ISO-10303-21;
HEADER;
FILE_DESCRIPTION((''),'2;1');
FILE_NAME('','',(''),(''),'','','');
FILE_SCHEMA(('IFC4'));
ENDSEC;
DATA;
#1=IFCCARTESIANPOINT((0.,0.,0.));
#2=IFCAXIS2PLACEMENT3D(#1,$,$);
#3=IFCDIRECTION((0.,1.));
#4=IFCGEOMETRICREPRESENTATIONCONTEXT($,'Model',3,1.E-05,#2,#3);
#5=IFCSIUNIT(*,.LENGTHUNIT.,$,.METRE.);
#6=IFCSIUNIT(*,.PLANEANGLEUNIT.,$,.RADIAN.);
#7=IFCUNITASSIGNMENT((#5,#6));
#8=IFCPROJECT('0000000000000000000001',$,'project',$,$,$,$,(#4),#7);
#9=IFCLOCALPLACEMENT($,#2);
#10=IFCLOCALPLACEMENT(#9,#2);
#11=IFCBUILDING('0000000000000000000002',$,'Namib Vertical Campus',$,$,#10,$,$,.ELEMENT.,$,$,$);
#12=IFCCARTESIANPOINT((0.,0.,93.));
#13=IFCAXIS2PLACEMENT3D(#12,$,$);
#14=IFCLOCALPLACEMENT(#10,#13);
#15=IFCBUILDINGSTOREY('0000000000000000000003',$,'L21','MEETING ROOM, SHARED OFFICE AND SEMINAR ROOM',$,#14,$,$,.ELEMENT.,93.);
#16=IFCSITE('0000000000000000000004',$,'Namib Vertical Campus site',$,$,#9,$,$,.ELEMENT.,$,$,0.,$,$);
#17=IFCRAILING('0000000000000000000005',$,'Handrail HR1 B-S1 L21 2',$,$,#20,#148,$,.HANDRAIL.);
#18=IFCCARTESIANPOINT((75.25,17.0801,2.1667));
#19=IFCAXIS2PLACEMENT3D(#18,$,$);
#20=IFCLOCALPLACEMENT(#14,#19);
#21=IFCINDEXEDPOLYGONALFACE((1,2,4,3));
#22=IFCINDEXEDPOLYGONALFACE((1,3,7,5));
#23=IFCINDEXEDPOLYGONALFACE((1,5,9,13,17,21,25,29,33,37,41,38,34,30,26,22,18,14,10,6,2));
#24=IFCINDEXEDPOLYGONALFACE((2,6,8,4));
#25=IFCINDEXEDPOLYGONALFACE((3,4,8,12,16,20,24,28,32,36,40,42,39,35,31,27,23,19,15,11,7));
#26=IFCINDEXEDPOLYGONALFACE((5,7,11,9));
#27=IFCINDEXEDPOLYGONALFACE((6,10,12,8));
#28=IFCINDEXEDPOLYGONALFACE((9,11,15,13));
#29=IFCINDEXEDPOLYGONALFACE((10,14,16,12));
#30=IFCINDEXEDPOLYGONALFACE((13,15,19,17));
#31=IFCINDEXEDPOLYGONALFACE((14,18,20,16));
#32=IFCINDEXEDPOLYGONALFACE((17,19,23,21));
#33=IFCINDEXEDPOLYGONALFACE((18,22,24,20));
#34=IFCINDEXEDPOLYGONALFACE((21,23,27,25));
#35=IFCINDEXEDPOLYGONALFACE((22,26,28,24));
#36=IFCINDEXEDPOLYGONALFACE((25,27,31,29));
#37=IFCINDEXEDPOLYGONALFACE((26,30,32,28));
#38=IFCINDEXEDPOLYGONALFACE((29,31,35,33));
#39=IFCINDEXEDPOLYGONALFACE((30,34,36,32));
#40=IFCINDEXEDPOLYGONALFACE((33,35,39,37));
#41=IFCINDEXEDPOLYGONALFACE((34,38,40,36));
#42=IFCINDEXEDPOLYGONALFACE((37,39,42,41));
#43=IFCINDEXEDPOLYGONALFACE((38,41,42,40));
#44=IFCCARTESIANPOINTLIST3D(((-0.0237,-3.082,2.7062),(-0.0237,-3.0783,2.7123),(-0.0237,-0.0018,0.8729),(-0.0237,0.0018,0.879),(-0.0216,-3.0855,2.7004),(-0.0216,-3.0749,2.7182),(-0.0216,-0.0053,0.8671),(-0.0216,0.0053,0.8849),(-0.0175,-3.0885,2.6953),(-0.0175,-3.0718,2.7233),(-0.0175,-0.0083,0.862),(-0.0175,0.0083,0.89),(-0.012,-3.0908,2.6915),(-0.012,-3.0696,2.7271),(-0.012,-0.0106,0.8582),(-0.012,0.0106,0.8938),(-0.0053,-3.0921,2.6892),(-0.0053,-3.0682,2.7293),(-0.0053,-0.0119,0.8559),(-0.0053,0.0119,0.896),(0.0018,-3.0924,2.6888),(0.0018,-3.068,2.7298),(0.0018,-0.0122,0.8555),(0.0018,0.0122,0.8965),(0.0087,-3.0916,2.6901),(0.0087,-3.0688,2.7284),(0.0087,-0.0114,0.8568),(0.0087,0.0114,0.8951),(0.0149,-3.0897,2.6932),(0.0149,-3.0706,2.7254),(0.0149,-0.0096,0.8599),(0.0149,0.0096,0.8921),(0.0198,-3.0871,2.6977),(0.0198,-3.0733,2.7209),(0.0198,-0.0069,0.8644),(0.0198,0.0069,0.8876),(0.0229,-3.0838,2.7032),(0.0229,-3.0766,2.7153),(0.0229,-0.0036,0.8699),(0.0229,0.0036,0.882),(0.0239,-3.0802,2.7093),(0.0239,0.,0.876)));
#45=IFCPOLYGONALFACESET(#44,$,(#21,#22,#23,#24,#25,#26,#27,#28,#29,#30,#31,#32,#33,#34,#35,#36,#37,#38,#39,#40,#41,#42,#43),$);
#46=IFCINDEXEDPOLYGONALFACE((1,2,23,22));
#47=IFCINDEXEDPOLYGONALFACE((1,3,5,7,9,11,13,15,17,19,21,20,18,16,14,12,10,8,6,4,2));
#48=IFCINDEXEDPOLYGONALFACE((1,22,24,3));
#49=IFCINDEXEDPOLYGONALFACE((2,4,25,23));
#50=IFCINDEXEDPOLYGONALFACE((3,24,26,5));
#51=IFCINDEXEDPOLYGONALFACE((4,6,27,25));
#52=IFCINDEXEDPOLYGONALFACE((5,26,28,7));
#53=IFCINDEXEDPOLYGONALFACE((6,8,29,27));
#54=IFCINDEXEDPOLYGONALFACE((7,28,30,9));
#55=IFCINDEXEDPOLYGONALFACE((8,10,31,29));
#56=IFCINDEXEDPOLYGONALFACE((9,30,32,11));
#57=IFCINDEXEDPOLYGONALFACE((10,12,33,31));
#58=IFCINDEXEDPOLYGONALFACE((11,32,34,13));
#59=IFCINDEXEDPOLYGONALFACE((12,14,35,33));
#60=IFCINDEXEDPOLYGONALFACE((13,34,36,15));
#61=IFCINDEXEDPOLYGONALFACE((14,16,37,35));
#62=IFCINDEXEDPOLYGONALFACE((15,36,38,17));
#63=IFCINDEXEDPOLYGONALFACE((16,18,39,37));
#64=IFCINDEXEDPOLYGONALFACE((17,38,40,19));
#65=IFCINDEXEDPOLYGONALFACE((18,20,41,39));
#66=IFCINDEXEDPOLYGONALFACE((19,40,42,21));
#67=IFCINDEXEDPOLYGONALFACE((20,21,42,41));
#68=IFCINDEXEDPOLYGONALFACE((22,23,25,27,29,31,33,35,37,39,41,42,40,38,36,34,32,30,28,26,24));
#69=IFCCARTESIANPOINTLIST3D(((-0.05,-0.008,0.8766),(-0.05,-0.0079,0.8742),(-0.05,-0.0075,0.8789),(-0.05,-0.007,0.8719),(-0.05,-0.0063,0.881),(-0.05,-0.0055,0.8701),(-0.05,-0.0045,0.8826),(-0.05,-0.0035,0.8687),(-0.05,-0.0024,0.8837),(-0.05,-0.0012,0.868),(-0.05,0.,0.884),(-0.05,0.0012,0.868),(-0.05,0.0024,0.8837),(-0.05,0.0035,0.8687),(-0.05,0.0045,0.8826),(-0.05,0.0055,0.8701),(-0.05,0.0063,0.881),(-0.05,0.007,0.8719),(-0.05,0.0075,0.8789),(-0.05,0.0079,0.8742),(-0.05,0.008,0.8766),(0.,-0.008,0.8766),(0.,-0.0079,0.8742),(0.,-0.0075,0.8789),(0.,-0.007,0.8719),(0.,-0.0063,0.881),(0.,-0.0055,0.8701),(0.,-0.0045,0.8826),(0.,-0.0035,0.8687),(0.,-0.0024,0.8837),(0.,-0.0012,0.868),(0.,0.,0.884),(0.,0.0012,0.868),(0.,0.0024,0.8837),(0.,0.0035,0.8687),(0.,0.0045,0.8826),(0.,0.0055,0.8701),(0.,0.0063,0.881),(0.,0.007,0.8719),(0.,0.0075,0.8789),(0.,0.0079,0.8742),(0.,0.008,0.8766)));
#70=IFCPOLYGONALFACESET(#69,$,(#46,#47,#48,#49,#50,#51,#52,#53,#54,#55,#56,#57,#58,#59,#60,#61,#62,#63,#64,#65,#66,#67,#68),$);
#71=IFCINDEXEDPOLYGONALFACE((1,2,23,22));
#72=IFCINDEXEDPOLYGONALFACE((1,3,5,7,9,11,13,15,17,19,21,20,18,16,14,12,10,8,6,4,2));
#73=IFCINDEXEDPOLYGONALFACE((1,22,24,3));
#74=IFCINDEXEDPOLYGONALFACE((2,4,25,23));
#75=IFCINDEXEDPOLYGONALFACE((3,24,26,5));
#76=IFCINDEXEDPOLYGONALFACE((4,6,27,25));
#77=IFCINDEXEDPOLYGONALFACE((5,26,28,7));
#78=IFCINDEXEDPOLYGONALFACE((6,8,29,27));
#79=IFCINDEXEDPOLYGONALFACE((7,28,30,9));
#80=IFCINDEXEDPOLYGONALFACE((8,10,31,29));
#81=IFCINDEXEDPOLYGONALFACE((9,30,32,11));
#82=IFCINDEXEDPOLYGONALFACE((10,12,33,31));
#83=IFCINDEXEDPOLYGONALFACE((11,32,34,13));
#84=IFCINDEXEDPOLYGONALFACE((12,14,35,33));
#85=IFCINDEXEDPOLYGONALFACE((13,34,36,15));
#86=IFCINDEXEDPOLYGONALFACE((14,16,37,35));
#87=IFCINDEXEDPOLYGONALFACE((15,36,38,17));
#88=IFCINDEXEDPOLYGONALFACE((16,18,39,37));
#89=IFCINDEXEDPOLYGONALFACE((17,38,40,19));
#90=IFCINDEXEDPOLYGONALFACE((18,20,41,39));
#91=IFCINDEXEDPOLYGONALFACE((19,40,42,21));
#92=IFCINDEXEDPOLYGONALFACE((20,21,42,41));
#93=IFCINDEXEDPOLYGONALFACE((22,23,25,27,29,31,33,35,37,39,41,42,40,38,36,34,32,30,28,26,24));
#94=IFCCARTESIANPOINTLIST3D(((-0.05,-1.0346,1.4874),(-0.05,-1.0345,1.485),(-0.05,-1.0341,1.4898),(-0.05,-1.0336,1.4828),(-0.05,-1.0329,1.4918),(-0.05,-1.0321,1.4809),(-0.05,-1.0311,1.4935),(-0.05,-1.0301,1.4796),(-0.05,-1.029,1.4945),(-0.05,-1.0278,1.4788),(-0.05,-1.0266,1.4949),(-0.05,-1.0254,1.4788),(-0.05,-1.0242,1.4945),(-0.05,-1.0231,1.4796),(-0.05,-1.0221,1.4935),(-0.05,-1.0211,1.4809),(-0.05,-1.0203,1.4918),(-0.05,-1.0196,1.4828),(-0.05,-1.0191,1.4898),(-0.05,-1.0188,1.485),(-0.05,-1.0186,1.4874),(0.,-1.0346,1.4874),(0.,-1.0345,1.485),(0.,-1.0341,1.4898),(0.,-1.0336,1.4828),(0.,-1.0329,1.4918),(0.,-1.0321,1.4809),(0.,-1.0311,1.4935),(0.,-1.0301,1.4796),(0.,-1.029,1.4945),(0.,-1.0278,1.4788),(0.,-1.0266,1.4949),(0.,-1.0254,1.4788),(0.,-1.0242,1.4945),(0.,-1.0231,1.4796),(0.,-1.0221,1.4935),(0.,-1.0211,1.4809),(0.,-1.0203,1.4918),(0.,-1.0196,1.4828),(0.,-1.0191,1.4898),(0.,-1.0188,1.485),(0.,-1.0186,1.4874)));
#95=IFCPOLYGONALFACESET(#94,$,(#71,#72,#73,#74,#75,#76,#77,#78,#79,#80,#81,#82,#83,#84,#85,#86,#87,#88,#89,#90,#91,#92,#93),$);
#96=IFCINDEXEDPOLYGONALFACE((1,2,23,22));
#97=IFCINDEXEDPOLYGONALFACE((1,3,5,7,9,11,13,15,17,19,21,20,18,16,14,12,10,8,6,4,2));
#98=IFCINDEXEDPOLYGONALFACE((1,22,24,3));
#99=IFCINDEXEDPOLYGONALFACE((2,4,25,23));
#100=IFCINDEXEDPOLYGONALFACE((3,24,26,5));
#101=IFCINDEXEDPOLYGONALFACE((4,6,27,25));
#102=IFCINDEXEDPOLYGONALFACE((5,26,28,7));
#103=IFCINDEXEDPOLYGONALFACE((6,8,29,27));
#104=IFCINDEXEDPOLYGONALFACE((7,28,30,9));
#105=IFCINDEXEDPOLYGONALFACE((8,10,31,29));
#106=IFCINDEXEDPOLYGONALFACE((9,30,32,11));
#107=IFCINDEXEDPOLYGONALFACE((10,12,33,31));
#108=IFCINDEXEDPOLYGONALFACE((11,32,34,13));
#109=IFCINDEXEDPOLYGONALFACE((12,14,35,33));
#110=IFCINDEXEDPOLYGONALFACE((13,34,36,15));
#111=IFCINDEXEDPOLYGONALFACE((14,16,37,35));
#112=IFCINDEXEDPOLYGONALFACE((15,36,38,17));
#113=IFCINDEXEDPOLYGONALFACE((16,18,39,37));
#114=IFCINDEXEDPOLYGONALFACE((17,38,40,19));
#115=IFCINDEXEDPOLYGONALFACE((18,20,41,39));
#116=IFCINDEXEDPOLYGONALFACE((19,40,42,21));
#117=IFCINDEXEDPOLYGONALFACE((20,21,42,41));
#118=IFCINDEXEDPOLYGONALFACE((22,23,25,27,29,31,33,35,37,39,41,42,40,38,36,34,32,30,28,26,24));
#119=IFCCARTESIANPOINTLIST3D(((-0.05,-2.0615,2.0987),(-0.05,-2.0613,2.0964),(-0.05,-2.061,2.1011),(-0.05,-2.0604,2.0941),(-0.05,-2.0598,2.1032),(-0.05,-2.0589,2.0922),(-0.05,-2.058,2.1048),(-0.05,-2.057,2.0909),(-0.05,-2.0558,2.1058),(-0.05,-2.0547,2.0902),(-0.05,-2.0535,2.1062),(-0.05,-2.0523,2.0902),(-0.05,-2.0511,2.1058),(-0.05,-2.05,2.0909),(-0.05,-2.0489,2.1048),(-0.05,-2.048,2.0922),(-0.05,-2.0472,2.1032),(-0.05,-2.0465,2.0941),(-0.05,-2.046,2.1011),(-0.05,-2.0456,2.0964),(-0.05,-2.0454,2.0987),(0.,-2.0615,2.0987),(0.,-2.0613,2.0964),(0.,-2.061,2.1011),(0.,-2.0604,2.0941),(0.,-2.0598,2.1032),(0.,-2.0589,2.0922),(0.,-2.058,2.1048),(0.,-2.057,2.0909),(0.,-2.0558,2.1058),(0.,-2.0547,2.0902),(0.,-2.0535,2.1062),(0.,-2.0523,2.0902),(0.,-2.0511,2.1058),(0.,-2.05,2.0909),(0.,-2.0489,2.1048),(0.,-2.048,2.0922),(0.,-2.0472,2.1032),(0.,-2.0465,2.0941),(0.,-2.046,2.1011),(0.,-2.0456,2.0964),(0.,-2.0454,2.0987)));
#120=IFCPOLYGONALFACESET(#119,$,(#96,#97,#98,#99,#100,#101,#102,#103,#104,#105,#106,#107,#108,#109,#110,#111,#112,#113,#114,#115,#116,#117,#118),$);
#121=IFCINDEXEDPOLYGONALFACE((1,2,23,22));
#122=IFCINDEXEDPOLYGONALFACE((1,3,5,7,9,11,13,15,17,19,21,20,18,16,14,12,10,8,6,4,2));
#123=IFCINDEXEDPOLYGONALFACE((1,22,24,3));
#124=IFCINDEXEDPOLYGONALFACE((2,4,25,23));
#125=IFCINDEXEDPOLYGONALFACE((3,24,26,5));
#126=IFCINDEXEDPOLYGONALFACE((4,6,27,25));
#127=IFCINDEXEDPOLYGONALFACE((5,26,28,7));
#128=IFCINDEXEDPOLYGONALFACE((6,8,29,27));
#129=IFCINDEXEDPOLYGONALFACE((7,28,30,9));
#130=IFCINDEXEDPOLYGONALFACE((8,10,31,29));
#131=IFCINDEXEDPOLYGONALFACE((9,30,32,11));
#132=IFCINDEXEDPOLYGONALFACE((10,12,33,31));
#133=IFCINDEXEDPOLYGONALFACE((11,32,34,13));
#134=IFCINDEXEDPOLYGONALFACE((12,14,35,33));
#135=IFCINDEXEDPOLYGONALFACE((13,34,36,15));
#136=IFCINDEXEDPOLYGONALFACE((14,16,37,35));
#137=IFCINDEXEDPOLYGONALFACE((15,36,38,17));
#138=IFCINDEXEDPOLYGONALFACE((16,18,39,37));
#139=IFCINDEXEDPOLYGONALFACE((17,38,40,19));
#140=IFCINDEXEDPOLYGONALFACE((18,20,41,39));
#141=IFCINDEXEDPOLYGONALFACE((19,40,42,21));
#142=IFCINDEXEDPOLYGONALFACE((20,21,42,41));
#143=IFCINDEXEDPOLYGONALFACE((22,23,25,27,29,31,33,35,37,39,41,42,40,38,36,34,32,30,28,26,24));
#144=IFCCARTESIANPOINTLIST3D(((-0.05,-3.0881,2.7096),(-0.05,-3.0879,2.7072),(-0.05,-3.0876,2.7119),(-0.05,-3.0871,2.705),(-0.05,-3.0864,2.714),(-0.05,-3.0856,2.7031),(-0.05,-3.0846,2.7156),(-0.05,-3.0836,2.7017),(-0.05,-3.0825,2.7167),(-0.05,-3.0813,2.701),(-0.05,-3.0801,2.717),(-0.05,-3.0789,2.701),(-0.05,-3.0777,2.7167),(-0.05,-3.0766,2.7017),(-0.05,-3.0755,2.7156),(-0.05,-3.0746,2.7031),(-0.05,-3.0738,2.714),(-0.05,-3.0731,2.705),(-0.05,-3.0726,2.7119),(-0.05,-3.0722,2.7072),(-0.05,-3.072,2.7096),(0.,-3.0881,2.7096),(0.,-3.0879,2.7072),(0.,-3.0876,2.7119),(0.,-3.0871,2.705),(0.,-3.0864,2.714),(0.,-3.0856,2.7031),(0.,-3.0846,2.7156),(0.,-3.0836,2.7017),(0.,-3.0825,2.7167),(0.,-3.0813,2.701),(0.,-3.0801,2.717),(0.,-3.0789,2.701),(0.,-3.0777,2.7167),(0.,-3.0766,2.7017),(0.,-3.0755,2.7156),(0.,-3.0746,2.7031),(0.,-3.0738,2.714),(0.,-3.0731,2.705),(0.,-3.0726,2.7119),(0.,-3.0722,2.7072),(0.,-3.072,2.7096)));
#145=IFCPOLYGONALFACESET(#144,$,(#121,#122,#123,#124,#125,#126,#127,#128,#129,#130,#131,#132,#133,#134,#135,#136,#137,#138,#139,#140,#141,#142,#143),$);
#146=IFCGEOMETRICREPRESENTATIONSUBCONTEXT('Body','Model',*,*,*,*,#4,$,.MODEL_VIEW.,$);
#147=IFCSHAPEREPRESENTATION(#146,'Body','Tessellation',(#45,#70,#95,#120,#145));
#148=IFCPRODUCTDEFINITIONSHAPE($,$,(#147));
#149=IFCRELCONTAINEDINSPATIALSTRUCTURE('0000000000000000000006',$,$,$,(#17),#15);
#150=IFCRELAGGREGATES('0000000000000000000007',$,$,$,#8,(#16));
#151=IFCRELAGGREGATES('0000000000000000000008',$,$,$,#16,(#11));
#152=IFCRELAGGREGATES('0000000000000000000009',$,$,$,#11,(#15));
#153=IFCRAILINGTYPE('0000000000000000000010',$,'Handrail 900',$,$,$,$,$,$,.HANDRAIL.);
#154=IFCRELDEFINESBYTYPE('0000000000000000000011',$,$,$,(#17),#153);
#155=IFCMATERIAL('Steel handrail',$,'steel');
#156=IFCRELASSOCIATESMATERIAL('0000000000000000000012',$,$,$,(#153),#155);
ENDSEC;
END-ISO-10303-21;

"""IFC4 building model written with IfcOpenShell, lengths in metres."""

from ifc_helpers import new_model, si_unit, direction, frame, origin, origin_2d, place, context, subcontext, project, spatial, circle, extrude, material, type_object, element, save


model = new_model("IFC4")

# Units and contexts
model_context = context("Model", 3, precision=1e-05, world=origin(), true_north=direction((0.0, 1.0)))
body_context = subcontext(model_context, "Body", "Model", "MODEL_VIEW")
ifc_project = project(units=[si_unit("LENGTHUNIT", "METRE"), si_unit("PLANEANGLEUNIT", "RADIAN")], contexts=[model_context])

# Site, building, storey
site_placement = place(None, origin())
site = spatial("IfcSite", under=ifc_project, at=site_placement, Name="Namib Vertical Campus site", CompositionType="ELEMENT", RefElevation=0.0)
building_placement = place(site_placement, origin())
building = spatial("IfcBuilding", under=site, at=building_placement, Name="Namib Vertical Campus", CompositionType="ELEMENT")
storey_placement = place(building_placement, frame((0.0, 0.0, 93.0)))
storey = spatial("IfcBuildingStorey", under=building, at=storey_placement, Name="L21", Description="MEETING ROOM, SHARED OFFICE AND SEMINAR ROOM", CompositionType="ELEMENT", Elevation=93.0)

# Railing
ifc_material_1 = material(Name="Steel handrail", Category="steel")
railing_type = type_object("IfcRailingType", Name="Handrail 900", PredefinedType="HANDRAIL", material=ifc_material_1)
railing_placement = place(storey_placement, frame((75.25, 17.0801, 2.1667)))
element("IfcRailing", 1, at=railing_placement, inside=storey, type_object=railing_type, Name="Handrail HR1 B-S1 L21 2", PredefinedType="HANDRAIL", context=body_context, shape_type="SweptSolid", body=[
    extrude(circle(Radius=0.0239, at=origin_2d()), frame((0.0, 0.0, 0.876), z_axis=(0.0, -0.859309, 0.511458), x_axis=(1.0, 0.0, 0.0)), (0.0, 0.0, 1.0), 3.5845),
    extrude(circle(Radius=0.0081, at=origin_2d()), frame((0.0, 0.0, 0.876), z_axis=(-1.0, 0.0, 0.0), x_axis=(0.0, 0.0, 1.0)), (0.0, 0.0, 1.0), 0.05),
    extrude(circle(Radius=0.0081, at=origin_2d()), frame((0.0, -1.0266, 1.4868), z_axis=(-1.0, 0.0, 0.0), x_axis=(0.0, 0.0, 1.0)), (0.0, 0.0, 1.0), 0.05),
    extrude(circle(Radius=0.0081, at=origin_2d()), frame((0.0, -2.0535, 2.0981), z_axis=(-1.0, 0.0, 0.0), x_axis=(0.0, 0.0, 1.0)), (0.0, 0.0, 1.0), 0.05),
    extrude(circle(Radius=0.0081, at=origin_2d()), frame((0.0, -3.0801, 2.709), z_axis=(-1.0, 0.0, 0.0), x_axis=(0.0, 0.0, 1.0)), (0.0, 0.0, 1.0), 0.05),
])

save(model, "model.ifc")
